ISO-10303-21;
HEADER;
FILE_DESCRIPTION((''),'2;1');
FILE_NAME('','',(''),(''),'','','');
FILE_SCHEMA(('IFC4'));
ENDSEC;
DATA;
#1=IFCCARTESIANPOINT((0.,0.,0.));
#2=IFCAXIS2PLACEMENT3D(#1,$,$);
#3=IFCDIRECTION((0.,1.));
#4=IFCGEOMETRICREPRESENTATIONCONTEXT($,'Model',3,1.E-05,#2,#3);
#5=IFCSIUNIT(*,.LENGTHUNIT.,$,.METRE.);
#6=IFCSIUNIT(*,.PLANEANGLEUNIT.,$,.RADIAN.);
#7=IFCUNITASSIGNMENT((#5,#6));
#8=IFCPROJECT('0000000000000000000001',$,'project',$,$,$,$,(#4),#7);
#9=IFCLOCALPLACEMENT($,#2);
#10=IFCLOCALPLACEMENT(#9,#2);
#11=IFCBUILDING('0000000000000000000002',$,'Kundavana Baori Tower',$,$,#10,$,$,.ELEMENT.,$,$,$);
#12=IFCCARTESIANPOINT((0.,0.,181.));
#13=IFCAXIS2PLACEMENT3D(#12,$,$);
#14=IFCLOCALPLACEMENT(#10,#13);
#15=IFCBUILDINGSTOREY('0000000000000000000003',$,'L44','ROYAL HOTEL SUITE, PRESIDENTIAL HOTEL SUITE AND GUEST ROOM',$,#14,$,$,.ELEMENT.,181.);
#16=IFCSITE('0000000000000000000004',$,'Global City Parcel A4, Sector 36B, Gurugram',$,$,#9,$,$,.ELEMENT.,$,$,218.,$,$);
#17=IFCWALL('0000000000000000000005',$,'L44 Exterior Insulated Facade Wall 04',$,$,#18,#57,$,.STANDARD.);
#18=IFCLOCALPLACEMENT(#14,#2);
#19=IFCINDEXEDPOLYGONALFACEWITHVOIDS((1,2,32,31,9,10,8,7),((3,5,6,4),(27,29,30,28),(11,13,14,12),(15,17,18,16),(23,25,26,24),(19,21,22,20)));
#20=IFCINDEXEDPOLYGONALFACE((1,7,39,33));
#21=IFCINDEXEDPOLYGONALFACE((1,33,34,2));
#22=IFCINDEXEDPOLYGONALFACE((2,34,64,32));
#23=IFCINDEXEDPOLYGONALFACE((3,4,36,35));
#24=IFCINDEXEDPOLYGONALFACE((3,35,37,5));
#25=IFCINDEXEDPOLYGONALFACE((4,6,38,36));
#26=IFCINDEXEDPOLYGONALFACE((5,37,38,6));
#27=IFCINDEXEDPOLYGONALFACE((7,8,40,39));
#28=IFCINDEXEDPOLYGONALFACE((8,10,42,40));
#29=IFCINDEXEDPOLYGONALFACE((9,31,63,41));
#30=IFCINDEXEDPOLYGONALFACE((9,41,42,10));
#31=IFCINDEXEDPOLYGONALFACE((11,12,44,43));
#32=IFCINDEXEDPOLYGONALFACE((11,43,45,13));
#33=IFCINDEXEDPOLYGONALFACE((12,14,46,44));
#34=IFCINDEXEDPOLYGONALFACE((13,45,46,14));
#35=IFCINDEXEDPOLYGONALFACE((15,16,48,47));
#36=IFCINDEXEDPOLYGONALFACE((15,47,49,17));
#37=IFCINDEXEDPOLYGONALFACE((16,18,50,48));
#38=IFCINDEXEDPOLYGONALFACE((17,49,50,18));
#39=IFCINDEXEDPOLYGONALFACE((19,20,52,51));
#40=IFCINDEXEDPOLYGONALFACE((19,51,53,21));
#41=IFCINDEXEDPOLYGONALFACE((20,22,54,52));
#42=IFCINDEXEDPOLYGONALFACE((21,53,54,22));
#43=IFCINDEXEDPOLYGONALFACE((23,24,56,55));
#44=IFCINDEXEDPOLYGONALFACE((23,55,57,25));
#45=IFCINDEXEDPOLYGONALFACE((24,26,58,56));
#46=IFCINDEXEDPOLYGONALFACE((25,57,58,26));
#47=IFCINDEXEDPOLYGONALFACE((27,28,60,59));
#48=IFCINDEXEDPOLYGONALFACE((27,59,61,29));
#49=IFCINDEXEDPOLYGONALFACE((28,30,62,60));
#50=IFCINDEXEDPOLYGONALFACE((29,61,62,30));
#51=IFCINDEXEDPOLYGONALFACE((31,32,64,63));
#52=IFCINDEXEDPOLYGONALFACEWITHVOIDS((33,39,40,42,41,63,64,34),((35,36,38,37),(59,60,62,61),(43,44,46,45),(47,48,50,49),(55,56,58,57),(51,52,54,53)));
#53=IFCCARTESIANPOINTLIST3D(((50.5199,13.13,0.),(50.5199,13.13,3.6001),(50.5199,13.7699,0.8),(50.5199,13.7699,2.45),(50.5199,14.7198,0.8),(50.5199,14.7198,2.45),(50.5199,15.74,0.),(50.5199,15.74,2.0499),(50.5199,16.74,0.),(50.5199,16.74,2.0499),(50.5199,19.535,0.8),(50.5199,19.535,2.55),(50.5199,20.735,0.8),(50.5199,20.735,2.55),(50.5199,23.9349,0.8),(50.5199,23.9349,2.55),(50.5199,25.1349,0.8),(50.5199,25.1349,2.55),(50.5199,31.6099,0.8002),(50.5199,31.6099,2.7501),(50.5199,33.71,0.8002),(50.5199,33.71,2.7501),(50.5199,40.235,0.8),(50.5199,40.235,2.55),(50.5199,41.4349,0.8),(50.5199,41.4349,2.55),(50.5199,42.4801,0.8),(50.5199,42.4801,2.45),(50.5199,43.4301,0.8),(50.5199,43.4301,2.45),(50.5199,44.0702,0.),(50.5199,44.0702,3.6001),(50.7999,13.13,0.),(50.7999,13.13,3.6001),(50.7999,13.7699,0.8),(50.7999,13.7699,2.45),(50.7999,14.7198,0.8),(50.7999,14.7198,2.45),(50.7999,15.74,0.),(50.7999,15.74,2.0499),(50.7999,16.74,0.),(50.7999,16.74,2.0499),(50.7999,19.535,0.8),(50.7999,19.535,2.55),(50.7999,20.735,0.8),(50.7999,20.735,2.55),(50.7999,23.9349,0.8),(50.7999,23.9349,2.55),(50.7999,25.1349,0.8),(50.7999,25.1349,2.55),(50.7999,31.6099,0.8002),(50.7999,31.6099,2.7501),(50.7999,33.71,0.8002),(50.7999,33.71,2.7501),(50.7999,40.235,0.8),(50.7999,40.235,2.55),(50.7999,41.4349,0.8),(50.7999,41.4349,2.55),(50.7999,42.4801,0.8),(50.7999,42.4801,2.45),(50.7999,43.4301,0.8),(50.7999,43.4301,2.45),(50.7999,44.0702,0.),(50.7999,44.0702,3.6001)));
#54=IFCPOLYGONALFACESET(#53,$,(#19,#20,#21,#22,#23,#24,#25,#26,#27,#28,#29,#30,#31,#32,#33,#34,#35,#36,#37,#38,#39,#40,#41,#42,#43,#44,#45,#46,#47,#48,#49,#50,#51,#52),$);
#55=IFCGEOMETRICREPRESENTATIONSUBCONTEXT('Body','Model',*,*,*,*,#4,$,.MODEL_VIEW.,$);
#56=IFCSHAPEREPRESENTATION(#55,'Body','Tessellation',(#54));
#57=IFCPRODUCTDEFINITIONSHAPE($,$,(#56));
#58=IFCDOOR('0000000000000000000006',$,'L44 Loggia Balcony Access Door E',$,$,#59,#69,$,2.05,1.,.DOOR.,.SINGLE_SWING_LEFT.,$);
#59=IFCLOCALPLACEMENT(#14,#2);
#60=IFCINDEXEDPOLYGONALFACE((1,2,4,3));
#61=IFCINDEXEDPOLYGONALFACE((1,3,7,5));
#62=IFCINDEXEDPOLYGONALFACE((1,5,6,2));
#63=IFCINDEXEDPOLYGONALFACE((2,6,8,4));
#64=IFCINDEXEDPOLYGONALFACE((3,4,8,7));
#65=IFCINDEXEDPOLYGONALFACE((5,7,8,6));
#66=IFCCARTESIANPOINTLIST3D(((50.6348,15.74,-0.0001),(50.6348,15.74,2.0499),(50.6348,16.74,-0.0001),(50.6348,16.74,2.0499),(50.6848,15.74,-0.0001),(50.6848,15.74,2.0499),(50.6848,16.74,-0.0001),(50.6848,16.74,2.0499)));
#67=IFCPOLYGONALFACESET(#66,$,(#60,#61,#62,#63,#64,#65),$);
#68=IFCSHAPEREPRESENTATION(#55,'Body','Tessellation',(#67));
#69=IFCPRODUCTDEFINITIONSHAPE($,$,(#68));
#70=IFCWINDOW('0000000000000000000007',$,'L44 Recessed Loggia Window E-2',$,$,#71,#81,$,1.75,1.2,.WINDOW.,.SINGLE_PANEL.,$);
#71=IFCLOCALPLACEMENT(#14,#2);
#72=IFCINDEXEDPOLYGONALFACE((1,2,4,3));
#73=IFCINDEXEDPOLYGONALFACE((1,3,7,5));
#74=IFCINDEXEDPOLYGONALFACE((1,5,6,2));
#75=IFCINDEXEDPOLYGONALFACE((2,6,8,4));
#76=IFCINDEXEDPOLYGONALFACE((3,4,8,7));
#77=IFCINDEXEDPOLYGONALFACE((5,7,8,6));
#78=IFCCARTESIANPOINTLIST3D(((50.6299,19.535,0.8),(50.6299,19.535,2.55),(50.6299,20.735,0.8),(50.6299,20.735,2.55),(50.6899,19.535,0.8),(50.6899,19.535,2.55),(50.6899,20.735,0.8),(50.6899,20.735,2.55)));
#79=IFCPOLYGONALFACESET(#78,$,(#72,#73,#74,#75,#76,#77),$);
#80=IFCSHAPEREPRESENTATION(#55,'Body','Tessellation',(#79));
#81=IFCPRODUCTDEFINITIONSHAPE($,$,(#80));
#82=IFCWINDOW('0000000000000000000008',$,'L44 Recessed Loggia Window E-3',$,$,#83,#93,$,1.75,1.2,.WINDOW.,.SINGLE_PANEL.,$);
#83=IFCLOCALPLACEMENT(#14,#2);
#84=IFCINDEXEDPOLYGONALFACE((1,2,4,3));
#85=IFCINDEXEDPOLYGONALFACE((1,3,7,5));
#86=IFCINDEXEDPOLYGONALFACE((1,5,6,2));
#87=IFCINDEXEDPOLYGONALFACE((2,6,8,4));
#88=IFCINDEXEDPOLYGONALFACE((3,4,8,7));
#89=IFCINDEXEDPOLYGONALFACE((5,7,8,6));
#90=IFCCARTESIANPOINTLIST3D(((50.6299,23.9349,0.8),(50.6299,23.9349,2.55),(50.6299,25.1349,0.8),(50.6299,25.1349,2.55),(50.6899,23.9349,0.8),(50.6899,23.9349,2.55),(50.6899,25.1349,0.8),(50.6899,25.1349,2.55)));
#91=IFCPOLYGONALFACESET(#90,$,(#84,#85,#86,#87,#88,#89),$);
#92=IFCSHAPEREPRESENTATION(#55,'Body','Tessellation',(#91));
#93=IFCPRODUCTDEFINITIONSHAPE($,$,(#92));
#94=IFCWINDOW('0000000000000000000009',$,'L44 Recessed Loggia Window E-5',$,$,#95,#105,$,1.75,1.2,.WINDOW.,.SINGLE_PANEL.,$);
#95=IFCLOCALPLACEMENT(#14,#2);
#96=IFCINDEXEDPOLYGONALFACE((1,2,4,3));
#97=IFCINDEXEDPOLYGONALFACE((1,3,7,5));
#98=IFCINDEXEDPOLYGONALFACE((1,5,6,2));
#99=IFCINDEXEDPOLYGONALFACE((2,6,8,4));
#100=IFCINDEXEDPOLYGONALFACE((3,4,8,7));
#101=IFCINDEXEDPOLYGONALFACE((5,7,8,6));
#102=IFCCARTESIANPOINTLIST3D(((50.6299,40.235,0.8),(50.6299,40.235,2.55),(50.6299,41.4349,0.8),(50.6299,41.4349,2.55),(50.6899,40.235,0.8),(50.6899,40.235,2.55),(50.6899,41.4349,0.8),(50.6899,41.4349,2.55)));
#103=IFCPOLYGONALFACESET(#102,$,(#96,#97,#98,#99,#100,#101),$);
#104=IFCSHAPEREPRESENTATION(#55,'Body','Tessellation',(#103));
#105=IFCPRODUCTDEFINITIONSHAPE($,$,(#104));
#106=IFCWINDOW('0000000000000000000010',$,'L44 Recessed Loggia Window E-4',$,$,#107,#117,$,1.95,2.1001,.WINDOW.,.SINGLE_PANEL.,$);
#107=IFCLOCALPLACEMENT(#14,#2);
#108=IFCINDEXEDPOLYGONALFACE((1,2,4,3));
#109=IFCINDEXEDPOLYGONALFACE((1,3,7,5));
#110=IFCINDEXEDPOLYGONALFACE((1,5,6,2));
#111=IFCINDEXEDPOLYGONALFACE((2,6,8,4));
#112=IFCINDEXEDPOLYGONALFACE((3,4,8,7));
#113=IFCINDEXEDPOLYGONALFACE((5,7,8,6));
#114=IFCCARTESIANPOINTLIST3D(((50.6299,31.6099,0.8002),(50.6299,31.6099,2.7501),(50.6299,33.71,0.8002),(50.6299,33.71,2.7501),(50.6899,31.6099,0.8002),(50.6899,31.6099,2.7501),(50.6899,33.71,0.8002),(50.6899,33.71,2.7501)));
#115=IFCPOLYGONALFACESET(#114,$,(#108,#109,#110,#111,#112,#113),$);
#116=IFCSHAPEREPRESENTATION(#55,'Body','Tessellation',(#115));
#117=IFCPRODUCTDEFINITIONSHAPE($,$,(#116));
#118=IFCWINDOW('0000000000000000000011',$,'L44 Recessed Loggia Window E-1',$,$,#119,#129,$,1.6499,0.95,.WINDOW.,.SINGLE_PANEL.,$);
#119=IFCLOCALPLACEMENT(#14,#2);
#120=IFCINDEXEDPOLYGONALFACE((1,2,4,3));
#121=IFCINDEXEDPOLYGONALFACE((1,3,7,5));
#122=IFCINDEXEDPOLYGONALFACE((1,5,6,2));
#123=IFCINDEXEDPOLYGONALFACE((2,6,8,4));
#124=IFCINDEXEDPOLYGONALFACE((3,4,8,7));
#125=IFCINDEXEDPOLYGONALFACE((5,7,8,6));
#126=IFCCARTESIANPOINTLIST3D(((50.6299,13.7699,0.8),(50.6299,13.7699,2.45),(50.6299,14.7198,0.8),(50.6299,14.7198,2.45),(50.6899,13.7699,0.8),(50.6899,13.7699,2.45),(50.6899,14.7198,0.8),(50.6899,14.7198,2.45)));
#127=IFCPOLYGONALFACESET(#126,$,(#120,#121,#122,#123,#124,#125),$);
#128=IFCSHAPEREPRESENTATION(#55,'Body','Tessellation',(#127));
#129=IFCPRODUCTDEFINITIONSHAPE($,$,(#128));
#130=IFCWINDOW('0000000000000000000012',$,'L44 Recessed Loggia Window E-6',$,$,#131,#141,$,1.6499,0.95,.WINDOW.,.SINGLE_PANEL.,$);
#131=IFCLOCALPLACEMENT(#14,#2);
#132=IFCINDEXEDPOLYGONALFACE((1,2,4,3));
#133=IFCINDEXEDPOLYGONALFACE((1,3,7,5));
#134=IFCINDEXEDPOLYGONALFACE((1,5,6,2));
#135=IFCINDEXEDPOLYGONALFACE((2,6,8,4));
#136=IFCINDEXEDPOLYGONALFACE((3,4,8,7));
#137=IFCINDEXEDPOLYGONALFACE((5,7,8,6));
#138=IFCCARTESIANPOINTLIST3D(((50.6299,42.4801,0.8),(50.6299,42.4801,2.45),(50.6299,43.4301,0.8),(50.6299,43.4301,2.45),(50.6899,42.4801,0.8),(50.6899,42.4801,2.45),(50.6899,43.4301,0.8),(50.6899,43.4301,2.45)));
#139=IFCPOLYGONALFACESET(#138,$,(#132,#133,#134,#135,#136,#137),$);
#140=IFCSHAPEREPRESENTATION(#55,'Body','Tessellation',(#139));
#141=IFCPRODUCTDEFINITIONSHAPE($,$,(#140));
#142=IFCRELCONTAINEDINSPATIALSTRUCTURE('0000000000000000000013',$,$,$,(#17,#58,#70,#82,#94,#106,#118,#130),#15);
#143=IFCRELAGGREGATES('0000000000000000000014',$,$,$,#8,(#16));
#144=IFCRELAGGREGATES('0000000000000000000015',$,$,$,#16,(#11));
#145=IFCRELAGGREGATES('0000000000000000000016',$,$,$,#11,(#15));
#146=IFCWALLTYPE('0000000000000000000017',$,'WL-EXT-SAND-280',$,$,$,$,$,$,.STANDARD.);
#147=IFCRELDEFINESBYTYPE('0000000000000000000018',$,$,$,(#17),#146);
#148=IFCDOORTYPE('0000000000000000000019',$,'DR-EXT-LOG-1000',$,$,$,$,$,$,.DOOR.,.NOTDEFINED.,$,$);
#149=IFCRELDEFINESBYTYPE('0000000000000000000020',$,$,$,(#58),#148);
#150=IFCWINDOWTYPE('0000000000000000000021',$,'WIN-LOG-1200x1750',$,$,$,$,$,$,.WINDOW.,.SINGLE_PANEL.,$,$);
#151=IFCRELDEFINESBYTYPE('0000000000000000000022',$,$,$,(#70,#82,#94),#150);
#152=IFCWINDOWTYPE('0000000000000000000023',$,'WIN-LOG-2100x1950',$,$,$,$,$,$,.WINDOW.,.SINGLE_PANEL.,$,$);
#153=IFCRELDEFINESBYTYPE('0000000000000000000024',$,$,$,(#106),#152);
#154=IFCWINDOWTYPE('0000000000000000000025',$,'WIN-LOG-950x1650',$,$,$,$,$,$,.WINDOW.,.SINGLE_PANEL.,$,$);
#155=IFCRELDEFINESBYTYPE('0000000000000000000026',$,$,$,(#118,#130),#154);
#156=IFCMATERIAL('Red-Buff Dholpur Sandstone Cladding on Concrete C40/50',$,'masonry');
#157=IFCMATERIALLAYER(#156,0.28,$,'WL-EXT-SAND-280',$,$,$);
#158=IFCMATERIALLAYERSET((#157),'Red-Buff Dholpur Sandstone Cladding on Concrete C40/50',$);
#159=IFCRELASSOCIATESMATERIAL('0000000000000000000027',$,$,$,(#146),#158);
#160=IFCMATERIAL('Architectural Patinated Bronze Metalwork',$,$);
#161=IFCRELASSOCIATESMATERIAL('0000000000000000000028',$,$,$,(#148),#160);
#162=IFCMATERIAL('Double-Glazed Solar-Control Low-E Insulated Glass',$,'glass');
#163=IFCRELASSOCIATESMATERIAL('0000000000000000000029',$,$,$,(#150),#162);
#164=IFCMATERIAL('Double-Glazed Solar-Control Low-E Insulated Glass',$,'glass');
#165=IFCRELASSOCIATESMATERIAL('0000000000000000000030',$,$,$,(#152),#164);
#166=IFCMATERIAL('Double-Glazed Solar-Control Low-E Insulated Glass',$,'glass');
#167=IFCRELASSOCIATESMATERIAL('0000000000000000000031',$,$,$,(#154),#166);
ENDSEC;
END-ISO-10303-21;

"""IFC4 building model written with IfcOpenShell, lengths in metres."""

from ifc_helpers import new_model, si_unit, direction, frame, frame_2d, origin, place, context, subcontext, project, spatial, rectangle, extrude, material, layer, layer_set, type_object, element, fill, save


model = new_model("IFC4")

# Units and contexts
model_context = context("Model", 3, precision=1e-05, world=origin(), true_north=direction((0.0, 1.0)))
body_context = subcontext(model_context, "Body", "Model", "MODEL_VIEW")
ifc_project = project(units=[si_unit("LENGTHUNIT", "METRE"), si_unit("PLANEANGLEUNIT", "RADIAN")], contexts=[model_context])

# Site, building, storey
site_placement = place(None, origin())
site = spatial("IfcSite", under=ifc_project, at=site_placement, Name="Global City Parcel A4, Sector 36B, Gurugram", CompositionType="ELEMENT", RefElevation=218.0)
building_placement = place(site_placement, origin())
building = spatial("IfcBuilding", under=site, at=building_placement, Name="Kundavana Baori Tower", CompositionType="ELEMENT")
storey_placement = place(building_placement, frame((0.0, 0.0, 181.0)))
storey = spatial("IfcBuildingStorey", under=building, at=storey_placement, Name="L44", Description="ROYAL HOTEL SUITE, PRESIDENTIAL HOTEL SUITE AND GUEST ROOM", CompositionType="ELEMENT", Elevation=181.0)

# Shared definitions
ifc_material_1 = material(Name="Red-Buff Dholpur Sandstone Cladding on Concrete C40/50", Category="masonry")
ifc_layer_1 = layer(ifc_material_1, 0.28, Name="WL-EXT-SAND-280")
ifc_layer_set_1 = layer_set([ifc_layer_1], Name="Red-Buff Dholpur Sandstone Cladding on Concrete C40/50")
wall_type_1 = type_object("IfcWallType", Name="WL-EXT-SAND-280", PredefinedType="STANDARD", material=ifc_layer_set_1)

# Wall, openings, door, windows
wall_1_placement = place(storey_placement, frame((50.6599, 13.1299, 0.0), z_axis=(0.0, 0.0, 1.0), x_axis=(0.0, 1.0, 0.0)))
wall_1 = element("IfcWall", 1, at=wall_1_placement, inside=storey, type_object=wall_type_1, Name="L44 Exterior Insulated Facade Wall 04", PredefinedType="STANDARD", context=body_context, shape_type="SweptSolid", body=[
    extrude(rectangle(XDim=30.9402, YDim=0.28, at=frame_2d((15.4702, 0.0))), origin(), (0.0, 0.0, 1.0), 3.6001),
])
opening_1_placement = place(wall_1_placement, frame((0.6399, 0.0, 0.8)))
opening_1 = element("IfcOpeningElement", 2, at=opening_1_placement, cuts=wall_1, PredefinedType="OPENING", context=body_context, shape_type="SweptSolid", body=[
    extrude(rectangle(XDim=0.95, YDim=1.6499, at=frame_2d((0.4751, 0.825))), frame((0.0, 0.1499, 0.0), z_axis=(0.0, -1.0, 0.0), x_axis=(1.0, 0.0, 0.0)), (0.0, 0.0, 1.0), 0.3),
])
opening_2_placement = place(wall_1_placement, frame((2.6101, 0.0, 0.0)))
opening_2 = element("IfcOpeningElement", 3, at=opening_2_placement, cuts=wall_1, PredefinedType="OPENING", context=body_context, shape_type="SweptSolid", body=[
    extrude(rectangle(XDim=1.0, YDim=2.05, at=frame_2d((0.5, 1.0249))), frame((0.0, 0.1499, 0.0), z_axis=(0.0, -1.0, 0.0), x_axis=(1.0, 0.0, 0.0)), (0.0, 0.0, 1.0), 0.3),
])
opening_3_placement = place(wall_1_placement, frame((6.405, 0.0, 0.8)))
opening_3 = element("IfcOpeningElement", 4, at=opening_3_placement, cuts=wall_1, PredefinedType="OPENING", context=body_context, shape_type="SweptSolid", body=[
    extrude(rectangle(XDim=1.2, YDim=1.75, at=frame_2d((0.6001, 0.875))), frame((0.0, 0.1499, 0.0), z_axis=(0.0, -1.0, 0.0), x_axis=(1.0, 0.0, 0.0)), (0.0, 0.0, 1.0), 0.3),
])
opening_4_placement = place(wall_1_placement, frame((10.8049, 0.0, 0.8)))
opening_4 = element("IfcOpeningElement", 5, at=opening_4_placement, cuts=wall_1, PredefinedType="OPENING", context=body_context, shape_type="SweptSolid", body=[
    extrude(rectangle(XDim=1.2, YDim=1.75, at=frame_2d((0.6001, 0.875))), frame((0.0, 0.1499, 0.0), z_axis=(0.0, -1.0, 0.0), x_axis=(1.0, 0.0, 0.0)), (0.0, 0.0, 1.0), 0.3),
])
opening_5_placement = place(wall_1_placement, frame((18.48, 0.0, 0.8)))
opening_5 = element("IfcOpeningElement", 6, at=opening_5_placement, cuts=wall_1, PredefinedType="OPENING", context=body_context, shape_type="SweptSolid", body=[
    extrude(rectangle(XDim=2.1001, YDim=1.95, at=frame_2d((1.05, 0.9751))), frame((0.0, 0.1499, 0.0), z_axis=(0.0, -1.0, 0.0), x_axis=(1.0, 0.0, 0.0)), (0.0, 0.0, 1.0), 0.3),
])
opening_6_placement = place(wall_1_placement, frame((27.105, 0.0, 0.8)))
opening_6 = element("IfcOpeningElement", 7, at=opening_6_placement, cuts=wall_1, PredefinedType="OPENING", context=body_context, shape_type="SweptSolid", body=[
    extrude(rectangle(XDim=1.2, YDim=1.75, at=frame_2d((0.6001, 0.875))), frame((0.0, 0.1499, 0.0), z_axis=(0.0, -1.0, 0.0), x_axis=(1.0, 0.0, 0.0)), (0.0, 0.0, 1.0), 0.3),
])
opening_7_placement = place(wall_1_placement, frame((29.3501, 0.0, 0.8)))
opening_7 = element("IfcOpeningElement", 8, at=opening_7_placement, cuts=wall_1, PredefinedType="OPENING", context=body_context, shape_type="SweptSolid", body=[
    extrude(rectangle(XDim=0.95, YDim=1.6499, at=frame_2d((0.4751, 0.825))), frame((0.0, 0.1499, 0.0), z_axis=(0.0, -1.0, 0.0), x_axis=(1.0, 0.0, 0.0)), (0.0, 0.0, 1.0), 0.3),
])
ifc_material_2 = material(Name="Architectural Patinated Bronze Metalwork")
door_type_1 = type_object("IfcDoorType", Name="DR-EXT-LOG-1000", OperationType="NOTDEFINED", PredefinedType="DOOR", material=ifc_material_2)
door_1_placement = place(opening_2_placement, frame((1.0, 0.0, 0.0), z_axis=(0.0, 0.0, 1.0), x_axis=(-1.0, 0.0, 0.0)))
door_1 = element("IfcDoor", 9, at=door_1_placement, inside=storey, type_object=door_type_1, Name="L44 Loggia Balcony Access Door E", OperationType="SINGLE_SWING_LEFT", OverallHeight=2.05, OverallWidth=1.0, PredefinedType="DOOR", context=body_context, shape_type="SweptSolid", body=[
    extrude(rectangle(XDim=1.0, YDim=2.05, at=frame_2d((0.5, 1.0249))), frame((0.0, 0.0249, 0.0), z_axis=(0.0, -1.0, 0.0), x_axis=(1.0, 0.0, 0.0)), (0.0, 0.0, 1.0), 0.05),
])
fill(opening_2, door_1)
ifc_material_3 = material(Name="Double-Glazed Solar-Control Low-E Insulated Glass", Category="glass")
window_type_1 = type_object("IfcWindowType", Name="WIN-LOG-1200x1750", PartitioningType="SINGLE_PANEL", PredefinedType="WINDOW", material=ifc_material_3)
window_1_placement = place(opening_3_placement, origin())
window_1 = element("IfcWindow", 10, at=window_1_placement, inside=storey, type_object=window_type_1, Name="L44 Recessed Loggia Window E-2", OverallHeight=1.75, OverallWidth=1.2, PartitioningType="SINGLE_PANEL", PredefinedType="WINDOW", context=body_context, shape_type="SweptSolid", body=[
    extrude(rectangle(XDim=1.2, YDim=1.75, at=frame_2d((0.6001, 0.875))), frame((0.0, 0.03, 0.0), z_axis=(0.0, -1.0, 0.0), x_axis=(1.0, 0.0, 0.0)), (0.0, 0.0, 1.0), 0.0601),
])
fill(opening_3, window_1)
window_2_placement = place(opening_4_placement, origin())
window_2 = element("IfcWindow", 11, at=window_2_placement, inside=storey, type_object=window_type_1, Name="L44 Recessed Loggia Window E-3", OverallHeight=1.75, OverallWidth=1.2, PartitioningType="SINGLE_PANEL", PredefinedType="WINDOW", context=body_context, shape_type="SweptSolid", body=[
    extrude(rectangle(XDim=1.2, YDim=1.75, at=frame_2d((0.6001, 0.875))), frame((0.0, 0.03, 0.0), z_axis=(0.0, -1.0, 0.0), x_axis=(1.0, 0.0, 0.0)), (0.0, 0.0, 1.0), 0.0601),
])
fill(opening_4, window_2)
window_3_placement = place(opening_6_placement, origin())
window_3 = element("IfcWindow", 12, at=window_3_placement, inside=storey, type_object=window_type_1, Name="L44 Recessed Loggia Window E-5", OverallHeight=1.75, OverallWidth=1.2, PartitioningType="SINGLE_PANEL", PredefinedType="WINDOW", context=body_context, shape_type="SweptSolid", body=[
    extrude(rectangle(XDim=1.2, YDim=1.75, at=frame_2d((0.6001, 0.875))), frame((0.0, 0.03, 0.0), z_axis=(0.0, -1.0, 0.0), x_axis=(1.0, 0.0, 0.0)), (0.0, 0.0, 1.0), 0.0601),
])
fill(opening_6, window_3)
ifc_material_4 = material(Name="Double-Glazed Solar-Control Low-E Insulated Glass", Category="glass")
window_type_2 = type_object("IfcWindowType", Name="WIN-LOG-2100x1950", PartitioningType="SINGLE_PANEL", PredefinedType="WINDOW", material=ifc_material_4)
window_4_placement = place(opening_5_placement, origin())
window_4 = element("IfcWindow", 13, at=window_4_placement, inside=storey, type_object=window_type_2, Name="L44 Recessed Loggia Window E-4", OverallHeight=1.95, OverallWidth=2.1001, PartitioningType="SINGLE_PANEL", PredefinedType="WINDOW", context=body_context, shape_type="SweptSolid", body=[
    extrude(rectangle(XDim=2.1001, YDim=1.95, at=frame_2d((1.05, 0.9751))), frame((0.0, 0.03, 0.0), z_axis=(0.0, -1.0, 0.0), x_axis=(1.0, 0.0, 0.0)), (0.0, 0.0, 1.0), 0.0601),
])
fill(opening_5, window_4)
ifc_material_5 = material(Name="Double-Glazed Solar-Control Low-E Insulated Glass", Category="glass")
window_type_3 = type_object("IfcWindowType", Name="WIN-LOG-950x1650", PartitioningType="SINGLE_PANEL", PredefinedType="WINDOW", material=ifc_material_5)
window_5_placement = place(opening_1_placement, origin())
window_5 = element("IfcWindow", 14, at=window_5_placement, inside=storey, type_object=window_type_3, Name="L44 Recessed Loggia Window E-1", OverallHeight=1.6499, OverallWidth=0.95, PartitioningType="SINGLE_PANEL", PredefinedType="WINDOW", context=body_context, shape_type="SweptSolid", body=[
    extrude(rectangle(XDim=0.95, YDim=1.6499, at=frame_2d((0.4751, 0.825))), frame((0.0, 0.03, 0.0), z_axis=(0.0, -1.0, 0.0), x_axis=(1.0, 0.0, 0.0)), (0.0, 0.0, 1.0), 0.0601),
])
fill(opening_1, window_5)
window_6_placement = place(opening_7_placement, origin())
window_6 = element("IfcWindow", 15, at=window_6_placement, inside=storey, type_object=window_type_3, Name="L44 Recessed Loggia Window E-6", OverallHeight=1.6499, OverallWidth=0.95, PartitioningType="SINGLE_PANEL", PredefinedType="WINDOW", context=body_context, shape_type="SweptSolid", body=[
    extrude(rectangle(XDim=0.95, YDim=1.6499, at=frame_2d((0.4751, 0.825))), frame((0.0, 0.03, 0.0), z_axis=(0.0, -1.0, 0.0), x_axis=(1.0, 0.0, 0.0)), (0.0, 0.0, 1.0), 0.0601),
])
fill(opening_7, window_6)

save(model, "model.ifc")
